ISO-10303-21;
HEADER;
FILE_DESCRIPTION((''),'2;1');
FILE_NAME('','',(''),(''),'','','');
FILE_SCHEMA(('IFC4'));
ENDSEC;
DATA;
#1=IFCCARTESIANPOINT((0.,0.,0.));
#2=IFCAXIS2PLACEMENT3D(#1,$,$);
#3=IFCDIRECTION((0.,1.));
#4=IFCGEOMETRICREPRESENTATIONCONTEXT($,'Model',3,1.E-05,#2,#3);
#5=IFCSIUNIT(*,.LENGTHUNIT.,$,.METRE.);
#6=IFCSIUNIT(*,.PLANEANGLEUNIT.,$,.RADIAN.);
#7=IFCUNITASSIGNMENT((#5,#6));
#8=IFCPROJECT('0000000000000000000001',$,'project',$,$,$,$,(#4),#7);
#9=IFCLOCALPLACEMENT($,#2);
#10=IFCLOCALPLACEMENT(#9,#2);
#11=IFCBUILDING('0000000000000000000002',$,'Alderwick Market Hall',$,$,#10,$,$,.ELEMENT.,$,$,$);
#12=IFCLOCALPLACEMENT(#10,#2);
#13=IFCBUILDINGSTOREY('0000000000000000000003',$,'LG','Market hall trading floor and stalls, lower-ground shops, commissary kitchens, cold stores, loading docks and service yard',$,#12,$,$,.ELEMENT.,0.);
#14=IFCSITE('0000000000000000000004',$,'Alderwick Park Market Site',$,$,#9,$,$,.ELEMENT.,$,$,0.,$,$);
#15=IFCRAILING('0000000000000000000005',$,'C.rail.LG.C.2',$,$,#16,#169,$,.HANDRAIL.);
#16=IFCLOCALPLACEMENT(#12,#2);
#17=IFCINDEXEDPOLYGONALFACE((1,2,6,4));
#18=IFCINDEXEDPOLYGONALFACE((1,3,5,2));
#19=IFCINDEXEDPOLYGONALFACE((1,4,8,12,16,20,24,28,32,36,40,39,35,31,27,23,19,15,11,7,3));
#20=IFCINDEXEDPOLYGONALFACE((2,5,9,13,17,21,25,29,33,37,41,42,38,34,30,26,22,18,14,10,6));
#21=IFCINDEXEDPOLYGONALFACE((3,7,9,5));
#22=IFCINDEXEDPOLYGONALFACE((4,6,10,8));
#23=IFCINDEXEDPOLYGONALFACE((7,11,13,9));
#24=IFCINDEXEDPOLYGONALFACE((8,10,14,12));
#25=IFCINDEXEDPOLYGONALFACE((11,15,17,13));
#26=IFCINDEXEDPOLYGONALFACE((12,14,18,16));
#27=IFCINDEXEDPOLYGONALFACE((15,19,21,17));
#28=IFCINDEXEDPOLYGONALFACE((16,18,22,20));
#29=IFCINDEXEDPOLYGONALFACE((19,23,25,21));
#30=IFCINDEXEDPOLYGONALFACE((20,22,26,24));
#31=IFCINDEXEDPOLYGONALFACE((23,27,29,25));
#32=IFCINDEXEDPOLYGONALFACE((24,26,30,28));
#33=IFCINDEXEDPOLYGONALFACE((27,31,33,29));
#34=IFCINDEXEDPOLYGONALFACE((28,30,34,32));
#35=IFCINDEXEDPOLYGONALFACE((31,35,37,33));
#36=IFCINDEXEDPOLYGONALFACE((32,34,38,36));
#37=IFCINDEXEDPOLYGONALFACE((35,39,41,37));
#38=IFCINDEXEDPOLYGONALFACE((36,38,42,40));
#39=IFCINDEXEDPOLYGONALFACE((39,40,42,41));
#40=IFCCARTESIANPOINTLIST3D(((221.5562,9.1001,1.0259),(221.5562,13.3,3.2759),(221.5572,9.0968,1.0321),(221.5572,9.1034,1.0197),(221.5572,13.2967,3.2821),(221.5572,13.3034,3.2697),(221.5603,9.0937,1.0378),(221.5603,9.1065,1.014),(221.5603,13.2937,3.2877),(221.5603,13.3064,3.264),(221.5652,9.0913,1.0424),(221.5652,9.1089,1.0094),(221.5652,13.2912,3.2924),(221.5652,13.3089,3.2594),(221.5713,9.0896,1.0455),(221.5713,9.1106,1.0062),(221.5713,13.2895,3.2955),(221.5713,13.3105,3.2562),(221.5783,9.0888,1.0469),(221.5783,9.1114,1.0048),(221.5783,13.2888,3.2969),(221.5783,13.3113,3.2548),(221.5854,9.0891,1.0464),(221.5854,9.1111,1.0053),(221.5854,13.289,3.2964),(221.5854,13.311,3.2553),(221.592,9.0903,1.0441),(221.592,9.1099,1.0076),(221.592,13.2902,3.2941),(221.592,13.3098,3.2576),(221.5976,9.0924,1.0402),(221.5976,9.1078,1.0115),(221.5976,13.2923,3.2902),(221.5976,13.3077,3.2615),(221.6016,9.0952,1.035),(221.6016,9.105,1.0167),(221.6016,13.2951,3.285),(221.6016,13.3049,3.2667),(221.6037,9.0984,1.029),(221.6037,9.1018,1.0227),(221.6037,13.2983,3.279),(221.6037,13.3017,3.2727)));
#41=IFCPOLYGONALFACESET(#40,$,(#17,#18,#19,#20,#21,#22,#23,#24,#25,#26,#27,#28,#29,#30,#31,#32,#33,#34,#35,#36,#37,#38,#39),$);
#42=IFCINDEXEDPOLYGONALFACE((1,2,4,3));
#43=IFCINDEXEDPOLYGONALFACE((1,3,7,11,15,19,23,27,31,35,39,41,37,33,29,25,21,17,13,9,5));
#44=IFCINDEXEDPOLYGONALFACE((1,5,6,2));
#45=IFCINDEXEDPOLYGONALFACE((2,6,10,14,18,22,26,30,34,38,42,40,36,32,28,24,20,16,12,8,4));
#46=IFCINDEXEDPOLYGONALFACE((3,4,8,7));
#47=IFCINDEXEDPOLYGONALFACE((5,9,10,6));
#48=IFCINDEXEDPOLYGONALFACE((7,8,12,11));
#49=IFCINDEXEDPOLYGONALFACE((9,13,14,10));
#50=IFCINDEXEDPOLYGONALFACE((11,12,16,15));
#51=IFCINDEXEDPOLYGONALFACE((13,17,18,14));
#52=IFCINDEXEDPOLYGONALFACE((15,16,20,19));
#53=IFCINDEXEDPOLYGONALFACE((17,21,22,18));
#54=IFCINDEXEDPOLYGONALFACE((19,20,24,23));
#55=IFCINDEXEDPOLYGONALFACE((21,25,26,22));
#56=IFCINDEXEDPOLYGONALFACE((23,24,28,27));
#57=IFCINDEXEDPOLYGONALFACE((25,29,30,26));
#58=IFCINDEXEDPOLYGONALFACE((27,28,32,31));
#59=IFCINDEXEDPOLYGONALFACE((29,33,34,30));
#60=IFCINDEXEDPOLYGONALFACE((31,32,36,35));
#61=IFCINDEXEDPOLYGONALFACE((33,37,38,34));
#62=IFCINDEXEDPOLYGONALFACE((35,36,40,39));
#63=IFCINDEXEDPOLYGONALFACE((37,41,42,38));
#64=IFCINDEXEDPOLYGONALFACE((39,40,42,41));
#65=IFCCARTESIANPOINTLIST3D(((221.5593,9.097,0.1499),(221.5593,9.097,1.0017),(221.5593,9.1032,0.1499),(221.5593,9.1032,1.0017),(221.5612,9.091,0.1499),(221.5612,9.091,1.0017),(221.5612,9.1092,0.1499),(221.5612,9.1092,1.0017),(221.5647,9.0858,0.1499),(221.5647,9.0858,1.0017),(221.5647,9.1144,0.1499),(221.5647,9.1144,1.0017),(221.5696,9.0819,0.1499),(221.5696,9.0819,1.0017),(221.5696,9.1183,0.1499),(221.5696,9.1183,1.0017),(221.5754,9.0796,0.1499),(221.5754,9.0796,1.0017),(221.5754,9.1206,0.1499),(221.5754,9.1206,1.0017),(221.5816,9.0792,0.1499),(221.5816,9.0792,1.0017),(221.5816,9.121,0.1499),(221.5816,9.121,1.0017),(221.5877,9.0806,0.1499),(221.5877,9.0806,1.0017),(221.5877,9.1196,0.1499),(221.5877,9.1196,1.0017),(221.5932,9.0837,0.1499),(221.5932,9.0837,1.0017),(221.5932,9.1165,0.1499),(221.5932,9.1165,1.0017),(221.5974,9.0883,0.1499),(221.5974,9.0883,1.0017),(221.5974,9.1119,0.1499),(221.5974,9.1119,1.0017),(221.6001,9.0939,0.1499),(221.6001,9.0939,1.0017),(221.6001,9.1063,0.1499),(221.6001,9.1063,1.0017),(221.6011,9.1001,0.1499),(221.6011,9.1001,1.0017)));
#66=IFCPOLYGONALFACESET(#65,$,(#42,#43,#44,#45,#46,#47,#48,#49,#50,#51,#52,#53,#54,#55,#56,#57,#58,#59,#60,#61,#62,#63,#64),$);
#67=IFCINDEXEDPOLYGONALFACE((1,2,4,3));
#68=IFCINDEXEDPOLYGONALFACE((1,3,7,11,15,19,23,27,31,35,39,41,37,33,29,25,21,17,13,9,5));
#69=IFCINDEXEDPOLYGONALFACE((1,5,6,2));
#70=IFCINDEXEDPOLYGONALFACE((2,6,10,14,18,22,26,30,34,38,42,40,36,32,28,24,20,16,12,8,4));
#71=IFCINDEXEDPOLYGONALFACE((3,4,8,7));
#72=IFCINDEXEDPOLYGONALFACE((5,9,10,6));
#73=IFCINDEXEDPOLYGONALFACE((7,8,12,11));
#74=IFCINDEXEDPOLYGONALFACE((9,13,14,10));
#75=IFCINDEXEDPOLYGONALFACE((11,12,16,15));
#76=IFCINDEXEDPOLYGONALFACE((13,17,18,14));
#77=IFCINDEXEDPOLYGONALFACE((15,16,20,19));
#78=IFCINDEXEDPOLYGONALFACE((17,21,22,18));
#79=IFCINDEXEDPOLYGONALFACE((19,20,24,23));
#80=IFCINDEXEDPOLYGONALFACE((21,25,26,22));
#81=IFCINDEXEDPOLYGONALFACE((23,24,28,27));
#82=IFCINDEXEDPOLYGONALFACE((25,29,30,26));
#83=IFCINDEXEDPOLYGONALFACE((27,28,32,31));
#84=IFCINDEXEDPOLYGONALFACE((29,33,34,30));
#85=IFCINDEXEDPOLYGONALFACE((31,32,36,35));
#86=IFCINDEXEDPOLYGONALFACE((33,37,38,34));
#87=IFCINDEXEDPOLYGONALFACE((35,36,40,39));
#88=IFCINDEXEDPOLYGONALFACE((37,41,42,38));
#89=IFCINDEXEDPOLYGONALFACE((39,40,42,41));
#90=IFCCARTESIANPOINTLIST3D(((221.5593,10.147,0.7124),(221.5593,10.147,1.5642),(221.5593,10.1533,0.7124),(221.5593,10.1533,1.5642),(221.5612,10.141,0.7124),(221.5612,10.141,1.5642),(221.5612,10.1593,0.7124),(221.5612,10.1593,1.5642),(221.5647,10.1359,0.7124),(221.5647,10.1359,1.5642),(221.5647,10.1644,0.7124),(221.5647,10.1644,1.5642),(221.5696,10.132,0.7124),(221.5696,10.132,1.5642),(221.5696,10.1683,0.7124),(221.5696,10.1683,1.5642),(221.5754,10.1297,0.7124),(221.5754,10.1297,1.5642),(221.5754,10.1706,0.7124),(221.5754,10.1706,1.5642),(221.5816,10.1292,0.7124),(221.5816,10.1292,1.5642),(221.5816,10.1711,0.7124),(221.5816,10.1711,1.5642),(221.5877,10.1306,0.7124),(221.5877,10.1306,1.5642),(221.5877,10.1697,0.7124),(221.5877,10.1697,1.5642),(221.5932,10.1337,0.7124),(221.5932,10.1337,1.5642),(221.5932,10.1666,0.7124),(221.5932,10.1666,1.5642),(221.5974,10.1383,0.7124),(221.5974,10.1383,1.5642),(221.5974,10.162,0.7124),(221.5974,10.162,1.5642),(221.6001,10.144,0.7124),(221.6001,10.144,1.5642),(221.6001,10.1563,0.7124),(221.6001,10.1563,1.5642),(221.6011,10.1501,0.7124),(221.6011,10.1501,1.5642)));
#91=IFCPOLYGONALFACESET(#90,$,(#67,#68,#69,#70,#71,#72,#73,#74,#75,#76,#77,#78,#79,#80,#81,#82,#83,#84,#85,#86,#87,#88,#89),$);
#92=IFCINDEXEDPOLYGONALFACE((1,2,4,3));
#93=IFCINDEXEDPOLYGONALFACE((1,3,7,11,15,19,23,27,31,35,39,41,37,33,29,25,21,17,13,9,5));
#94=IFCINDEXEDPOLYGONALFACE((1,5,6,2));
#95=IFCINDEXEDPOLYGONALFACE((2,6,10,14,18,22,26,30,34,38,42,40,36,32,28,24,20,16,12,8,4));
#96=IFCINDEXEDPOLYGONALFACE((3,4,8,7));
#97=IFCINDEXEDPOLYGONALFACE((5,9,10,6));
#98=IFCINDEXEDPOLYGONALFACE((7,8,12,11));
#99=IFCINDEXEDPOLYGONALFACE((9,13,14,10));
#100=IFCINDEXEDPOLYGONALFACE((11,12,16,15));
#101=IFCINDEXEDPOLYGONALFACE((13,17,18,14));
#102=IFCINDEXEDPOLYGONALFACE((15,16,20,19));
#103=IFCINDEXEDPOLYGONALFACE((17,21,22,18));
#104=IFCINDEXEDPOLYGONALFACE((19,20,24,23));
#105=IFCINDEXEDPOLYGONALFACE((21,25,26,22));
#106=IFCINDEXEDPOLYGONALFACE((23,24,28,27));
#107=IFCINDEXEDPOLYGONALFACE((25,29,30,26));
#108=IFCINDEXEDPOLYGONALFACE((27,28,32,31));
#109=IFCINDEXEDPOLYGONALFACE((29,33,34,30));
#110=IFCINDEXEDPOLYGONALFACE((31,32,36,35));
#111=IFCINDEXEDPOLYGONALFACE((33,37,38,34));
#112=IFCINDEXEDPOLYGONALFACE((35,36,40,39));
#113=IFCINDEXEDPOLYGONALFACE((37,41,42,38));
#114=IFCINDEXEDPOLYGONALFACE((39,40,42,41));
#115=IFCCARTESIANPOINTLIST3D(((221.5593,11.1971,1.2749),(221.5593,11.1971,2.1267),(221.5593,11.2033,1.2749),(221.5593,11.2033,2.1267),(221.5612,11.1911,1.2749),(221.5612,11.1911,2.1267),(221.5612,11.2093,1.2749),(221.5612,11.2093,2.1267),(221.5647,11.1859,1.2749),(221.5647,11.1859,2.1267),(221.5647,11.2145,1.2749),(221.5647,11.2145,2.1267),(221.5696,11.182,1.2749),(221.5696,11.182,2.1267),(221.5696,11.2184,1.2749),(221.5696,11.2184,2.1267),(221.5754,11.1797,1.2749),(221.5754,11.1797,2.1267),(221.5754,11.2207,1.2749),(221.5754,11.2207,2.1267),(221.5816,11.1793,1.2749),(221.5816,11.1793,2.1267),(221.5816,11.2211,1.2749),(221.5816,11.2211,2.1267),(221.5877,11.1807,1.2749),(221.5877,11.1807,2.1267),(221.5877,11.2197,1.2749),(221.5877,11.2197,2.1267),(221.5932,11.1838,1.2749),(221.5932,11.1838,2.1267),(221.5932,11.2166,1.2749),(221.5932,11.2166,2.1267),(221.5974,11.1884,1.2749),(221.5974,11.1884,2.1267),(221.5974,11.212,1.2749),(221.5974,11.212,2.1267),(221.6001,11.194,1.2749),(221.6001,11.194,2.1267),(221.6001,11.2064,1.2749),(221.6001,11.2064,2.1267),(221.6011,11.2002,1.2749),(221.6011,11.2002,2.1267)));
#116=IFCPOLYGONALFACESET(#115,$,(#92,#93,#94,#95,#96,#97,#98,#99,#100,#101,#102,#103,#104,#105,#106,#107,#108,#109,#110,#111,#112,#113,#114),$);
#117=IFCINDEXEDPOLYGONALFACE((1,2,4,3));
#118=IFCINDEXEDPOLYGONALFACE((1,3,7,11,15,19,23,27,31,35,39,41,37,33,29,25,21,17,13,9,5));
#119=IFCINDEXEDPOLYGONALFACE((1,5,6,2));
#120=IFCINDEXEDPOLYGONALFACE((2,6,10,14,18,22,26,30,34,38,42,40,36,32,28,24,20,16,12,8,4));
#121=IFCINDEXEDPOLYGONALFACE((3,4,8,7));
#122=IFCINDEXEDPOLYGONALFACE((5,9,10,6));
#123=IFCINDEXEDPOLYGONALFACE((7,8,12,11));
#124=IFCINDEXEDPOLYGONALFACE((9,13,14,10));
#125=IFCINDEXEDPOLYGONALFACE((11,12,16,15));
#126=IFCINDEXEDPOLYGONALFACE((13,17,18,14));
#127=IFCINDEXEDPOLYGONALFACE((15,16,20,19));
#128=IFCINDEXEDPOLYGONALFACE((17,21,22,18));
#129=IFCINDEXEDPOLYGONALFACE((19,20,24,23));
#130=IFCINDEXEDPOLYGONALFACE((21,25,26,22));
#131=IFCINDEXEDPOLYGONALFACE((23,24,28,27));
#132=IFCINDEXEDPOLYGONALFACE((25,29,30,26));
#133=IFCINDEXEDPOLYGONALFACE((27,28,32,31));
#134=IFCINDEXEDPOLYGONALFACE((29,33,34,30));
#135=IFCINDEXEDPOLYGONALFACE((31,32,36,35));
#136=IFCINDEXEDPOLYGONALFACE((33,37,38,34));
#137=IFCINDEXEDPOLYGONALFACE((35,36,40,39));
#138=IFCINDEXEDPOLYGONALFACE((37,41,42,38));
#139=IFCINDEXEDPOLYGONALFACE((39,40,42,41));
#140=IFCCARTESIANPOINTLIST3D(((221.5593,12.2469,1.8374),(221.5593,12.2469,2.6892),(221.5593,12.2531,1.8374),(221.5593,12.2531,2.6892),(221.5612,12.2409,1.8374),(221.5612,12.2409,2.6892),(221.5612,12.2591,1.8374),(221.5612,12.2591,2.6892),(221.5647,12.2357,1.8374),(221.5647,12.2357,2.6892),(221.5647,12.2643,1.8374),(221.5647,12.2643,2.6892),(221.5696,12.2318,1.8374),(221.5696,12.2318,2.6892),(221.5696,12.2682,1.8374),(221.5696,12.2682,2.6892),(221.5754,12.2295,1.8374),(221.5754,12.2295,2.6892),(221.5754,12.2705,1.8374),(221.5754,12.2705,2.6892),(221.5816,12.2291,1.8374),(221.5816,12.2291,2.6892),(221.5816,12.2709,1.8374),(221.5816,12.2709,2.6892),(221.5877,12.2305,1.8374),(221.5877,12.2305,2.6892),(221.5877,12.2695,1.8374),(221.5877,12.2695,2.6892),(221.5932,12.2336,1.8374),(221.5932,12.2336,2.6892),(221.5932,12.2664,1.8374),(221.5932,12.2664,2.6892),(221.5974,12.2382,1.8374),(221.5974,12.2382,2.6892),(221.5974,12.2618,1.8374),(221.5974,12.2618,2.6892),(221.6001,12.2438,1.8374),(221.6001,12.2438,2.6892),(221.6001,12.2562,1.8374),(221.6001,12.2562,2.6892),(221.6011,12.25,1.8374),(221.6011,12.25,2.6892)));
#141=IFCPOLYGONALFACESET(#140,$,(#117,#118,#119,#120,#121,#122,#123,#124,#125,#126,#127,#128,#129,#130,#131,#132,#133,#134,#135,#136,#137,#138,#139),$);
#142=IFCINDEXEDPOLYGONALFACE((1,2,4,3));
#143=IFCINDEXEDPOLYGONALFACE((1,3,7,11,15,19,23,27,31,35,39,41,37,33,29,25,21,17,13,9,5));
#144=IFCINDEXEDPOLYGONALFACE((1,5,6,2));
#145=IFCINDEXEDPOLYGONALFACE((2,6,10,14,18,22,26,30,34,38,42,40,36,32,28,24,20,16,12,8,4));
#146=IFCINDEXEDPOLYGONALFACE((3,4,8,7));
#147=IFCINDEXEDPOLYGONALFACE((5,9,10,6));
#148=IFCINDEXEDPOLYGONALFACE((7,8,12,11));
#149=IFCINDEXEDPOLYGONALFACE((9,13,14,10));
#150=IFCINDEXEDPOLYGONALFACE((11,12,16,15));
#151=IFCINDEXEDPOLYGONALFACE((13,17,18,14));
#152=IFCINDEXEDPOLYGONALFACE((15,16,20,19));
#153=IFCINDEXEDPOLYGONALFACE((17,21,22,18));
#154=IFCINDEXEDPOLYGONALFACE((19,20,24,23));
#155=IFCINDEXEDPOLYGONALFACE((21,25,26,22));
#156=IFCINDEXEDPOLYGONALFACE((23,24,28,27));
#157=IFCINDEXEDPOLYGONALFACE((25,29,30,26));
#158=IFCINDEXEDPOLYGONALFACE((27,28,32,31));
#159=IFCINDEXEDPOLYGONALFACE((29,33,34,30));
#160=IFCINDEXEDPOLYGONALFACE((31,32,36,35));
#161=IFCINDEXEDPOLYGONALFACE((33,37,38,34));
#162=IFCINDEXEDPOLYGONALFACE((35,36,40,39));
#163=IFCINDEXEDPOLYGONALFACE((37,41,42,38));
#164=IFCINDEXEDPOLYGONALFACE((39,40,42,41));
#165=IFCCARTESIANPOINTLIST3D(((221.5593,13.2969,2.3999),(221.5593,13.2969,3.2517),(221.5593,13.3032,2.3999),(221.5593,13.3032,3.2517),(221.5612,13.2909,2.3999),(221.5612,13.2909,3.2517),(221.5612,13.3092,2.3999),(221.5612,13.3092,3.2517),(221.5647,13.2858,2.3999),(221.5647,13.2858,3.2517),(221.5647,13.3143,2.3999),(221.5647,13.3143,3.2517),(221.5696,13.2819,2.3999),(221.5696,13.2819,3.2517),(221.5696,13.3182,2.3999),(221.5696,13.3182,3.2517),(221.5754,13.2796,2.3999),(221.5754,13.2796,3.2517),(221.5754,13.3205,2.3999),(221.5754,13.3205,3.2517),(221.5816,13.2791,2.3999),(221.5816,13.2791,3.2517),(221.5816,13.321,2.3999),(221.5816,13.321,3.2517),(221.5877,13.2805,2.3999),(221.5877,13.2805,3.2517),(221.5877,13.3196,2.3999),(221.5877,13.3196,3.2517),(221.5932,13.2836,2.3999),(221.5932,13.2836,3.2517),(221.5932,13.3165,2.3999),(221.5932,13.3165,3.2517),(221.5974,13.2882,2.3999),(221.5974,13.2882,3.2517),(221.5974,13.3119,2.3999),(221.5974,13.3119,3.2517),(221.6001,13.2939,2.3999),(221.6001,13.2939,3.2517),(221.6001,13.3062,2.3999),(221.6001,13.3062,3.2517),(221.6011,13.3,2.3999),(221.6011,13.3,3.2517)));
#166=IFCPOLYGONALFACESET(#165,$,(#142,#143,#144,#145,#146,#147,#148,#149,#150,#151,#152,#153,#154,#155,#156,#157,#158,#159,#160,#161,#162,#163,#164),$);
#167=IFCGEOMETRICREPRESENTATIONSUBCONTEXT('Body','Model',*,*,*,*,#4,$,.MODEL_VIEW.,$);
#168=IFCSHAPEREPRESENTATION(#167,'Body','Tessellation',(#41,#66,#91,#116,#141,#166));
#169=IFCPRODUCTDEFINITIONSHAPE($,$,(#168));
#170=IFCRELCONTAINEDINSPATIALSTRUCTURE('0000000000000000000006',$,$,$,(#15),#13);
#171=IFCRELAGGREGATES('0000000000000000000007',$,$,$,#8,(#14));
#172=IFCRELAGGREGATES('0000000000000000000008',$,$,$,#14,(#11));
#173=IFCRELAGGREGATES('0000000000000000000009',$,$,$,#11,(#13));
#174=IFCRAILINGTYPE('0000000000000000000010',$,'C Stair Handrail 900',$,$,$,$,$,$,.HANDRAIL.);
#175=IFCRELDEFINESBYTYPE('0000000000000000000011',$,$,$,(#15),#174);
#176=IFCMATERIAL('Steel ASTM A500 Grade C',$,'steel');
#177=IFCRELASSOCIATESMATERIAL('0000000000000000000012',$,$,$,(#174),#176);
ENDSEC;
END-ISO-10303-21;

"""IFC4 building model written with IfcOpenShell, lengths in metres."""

from ifc_helpers import new_model, si_unit, direction, frame, origin, origin_2d, place, context, subcontext, project, spatial, circle, extrude, material, type_object, element, save


model = new_model("IFC4")

# Units and contexts
model_context = context("Model", 3, precision=1e-05, world=origin(), true_north=direction((0.0, 1.0)))
body_context = subcontext(model_context, "Body", "Model", "MODEL_VIEW")
ifc_project = project(units=[si_unit("LENGTHUNIT", "METRE"), si_unit("PLANEANGLEUNIT", "RADIAN")], contexts=[model_context])

# Site, building, storey
site_placement = place(None, origin())
site = spatial("IfcSite", under=ifc_project, at=site_placement, Name="Alderwick Park Market Site", CompositionType="ELEMENT", RefElevation=0.0)
building_placement = place(site_placement, origin())
building = spatial("IfcBuilding", under=site, at=building_placement, Name="Alderwick Market Hall", CompositionType="ELEMENT")
storey_placement = place(building_placement, origin())
storey = spatial("IfcBuildingStorey", under=building, at=storey_placement, Name="LG", Description="Market hall trading floor and stalls, lower-ground shops, commissary kitchens, cold stores, loading docks and service yard", CompositionType="ELEMENT", Elevation=0.0)

# Railing
ifc_material_1 = material(Name="Steel ASTM A500 Grade C", Category="steel")
railing_type = type_object("IfcRailingType", Name="C Stair Handrail 900", PredefinedType="HANDRAIL", material=ifc_material_1)
for number, where, name in (
    (1, (221.5801, 9.1001, 0.1499), "C.rail.LG.C.2"),
):
    element("IfcRailing", number, at=place(storey_placement, frame(where)), inside=storey, type_object=railing_type, Name=name, PredefinedType="HANDRAIL", context=body_context, shape_type="SweptSolid", body=[
        extrude(circle(Radius=0.0239, at=origin_2d()), frame((0.0, 0.0, 0.876), z_axis=(0.0, 0.881478, 0.472226), x_axis=(-1.0, 0.0, 0.0)), (0.0, 0.0, 1.0), 4.7646),
        extrude(circle(Radius=0.021, at=origin_2d()), origin(), (0.0, 0.0, 1.0), 0.8518),
        extrude(circle(Radius=0.021, at=origin_2d()), frame((0.0, 1.05, 0.5625)), (0.0, 0.0, 1.0), 0.8518),
        extrude(circle(Radius=0.021, at=origin_2d()), frame((0.0, 2.1001, 1.125)), (0.0, 0.0, 1.0), 0.8518),
        extrude(circle(Radius=0.021, at=origin_2d()), frame((0.0, 3.1499, 1.6875)), (0.0, 0.0, 1.0), 0.8518),
        extrude(circle(Radius=0.021, at=origin_2d()), frame((0.0, 4.2, 2.25)), (0.0, 0.0, 1.0), 0.8518),
    ])

save(model, "model.ifc")
